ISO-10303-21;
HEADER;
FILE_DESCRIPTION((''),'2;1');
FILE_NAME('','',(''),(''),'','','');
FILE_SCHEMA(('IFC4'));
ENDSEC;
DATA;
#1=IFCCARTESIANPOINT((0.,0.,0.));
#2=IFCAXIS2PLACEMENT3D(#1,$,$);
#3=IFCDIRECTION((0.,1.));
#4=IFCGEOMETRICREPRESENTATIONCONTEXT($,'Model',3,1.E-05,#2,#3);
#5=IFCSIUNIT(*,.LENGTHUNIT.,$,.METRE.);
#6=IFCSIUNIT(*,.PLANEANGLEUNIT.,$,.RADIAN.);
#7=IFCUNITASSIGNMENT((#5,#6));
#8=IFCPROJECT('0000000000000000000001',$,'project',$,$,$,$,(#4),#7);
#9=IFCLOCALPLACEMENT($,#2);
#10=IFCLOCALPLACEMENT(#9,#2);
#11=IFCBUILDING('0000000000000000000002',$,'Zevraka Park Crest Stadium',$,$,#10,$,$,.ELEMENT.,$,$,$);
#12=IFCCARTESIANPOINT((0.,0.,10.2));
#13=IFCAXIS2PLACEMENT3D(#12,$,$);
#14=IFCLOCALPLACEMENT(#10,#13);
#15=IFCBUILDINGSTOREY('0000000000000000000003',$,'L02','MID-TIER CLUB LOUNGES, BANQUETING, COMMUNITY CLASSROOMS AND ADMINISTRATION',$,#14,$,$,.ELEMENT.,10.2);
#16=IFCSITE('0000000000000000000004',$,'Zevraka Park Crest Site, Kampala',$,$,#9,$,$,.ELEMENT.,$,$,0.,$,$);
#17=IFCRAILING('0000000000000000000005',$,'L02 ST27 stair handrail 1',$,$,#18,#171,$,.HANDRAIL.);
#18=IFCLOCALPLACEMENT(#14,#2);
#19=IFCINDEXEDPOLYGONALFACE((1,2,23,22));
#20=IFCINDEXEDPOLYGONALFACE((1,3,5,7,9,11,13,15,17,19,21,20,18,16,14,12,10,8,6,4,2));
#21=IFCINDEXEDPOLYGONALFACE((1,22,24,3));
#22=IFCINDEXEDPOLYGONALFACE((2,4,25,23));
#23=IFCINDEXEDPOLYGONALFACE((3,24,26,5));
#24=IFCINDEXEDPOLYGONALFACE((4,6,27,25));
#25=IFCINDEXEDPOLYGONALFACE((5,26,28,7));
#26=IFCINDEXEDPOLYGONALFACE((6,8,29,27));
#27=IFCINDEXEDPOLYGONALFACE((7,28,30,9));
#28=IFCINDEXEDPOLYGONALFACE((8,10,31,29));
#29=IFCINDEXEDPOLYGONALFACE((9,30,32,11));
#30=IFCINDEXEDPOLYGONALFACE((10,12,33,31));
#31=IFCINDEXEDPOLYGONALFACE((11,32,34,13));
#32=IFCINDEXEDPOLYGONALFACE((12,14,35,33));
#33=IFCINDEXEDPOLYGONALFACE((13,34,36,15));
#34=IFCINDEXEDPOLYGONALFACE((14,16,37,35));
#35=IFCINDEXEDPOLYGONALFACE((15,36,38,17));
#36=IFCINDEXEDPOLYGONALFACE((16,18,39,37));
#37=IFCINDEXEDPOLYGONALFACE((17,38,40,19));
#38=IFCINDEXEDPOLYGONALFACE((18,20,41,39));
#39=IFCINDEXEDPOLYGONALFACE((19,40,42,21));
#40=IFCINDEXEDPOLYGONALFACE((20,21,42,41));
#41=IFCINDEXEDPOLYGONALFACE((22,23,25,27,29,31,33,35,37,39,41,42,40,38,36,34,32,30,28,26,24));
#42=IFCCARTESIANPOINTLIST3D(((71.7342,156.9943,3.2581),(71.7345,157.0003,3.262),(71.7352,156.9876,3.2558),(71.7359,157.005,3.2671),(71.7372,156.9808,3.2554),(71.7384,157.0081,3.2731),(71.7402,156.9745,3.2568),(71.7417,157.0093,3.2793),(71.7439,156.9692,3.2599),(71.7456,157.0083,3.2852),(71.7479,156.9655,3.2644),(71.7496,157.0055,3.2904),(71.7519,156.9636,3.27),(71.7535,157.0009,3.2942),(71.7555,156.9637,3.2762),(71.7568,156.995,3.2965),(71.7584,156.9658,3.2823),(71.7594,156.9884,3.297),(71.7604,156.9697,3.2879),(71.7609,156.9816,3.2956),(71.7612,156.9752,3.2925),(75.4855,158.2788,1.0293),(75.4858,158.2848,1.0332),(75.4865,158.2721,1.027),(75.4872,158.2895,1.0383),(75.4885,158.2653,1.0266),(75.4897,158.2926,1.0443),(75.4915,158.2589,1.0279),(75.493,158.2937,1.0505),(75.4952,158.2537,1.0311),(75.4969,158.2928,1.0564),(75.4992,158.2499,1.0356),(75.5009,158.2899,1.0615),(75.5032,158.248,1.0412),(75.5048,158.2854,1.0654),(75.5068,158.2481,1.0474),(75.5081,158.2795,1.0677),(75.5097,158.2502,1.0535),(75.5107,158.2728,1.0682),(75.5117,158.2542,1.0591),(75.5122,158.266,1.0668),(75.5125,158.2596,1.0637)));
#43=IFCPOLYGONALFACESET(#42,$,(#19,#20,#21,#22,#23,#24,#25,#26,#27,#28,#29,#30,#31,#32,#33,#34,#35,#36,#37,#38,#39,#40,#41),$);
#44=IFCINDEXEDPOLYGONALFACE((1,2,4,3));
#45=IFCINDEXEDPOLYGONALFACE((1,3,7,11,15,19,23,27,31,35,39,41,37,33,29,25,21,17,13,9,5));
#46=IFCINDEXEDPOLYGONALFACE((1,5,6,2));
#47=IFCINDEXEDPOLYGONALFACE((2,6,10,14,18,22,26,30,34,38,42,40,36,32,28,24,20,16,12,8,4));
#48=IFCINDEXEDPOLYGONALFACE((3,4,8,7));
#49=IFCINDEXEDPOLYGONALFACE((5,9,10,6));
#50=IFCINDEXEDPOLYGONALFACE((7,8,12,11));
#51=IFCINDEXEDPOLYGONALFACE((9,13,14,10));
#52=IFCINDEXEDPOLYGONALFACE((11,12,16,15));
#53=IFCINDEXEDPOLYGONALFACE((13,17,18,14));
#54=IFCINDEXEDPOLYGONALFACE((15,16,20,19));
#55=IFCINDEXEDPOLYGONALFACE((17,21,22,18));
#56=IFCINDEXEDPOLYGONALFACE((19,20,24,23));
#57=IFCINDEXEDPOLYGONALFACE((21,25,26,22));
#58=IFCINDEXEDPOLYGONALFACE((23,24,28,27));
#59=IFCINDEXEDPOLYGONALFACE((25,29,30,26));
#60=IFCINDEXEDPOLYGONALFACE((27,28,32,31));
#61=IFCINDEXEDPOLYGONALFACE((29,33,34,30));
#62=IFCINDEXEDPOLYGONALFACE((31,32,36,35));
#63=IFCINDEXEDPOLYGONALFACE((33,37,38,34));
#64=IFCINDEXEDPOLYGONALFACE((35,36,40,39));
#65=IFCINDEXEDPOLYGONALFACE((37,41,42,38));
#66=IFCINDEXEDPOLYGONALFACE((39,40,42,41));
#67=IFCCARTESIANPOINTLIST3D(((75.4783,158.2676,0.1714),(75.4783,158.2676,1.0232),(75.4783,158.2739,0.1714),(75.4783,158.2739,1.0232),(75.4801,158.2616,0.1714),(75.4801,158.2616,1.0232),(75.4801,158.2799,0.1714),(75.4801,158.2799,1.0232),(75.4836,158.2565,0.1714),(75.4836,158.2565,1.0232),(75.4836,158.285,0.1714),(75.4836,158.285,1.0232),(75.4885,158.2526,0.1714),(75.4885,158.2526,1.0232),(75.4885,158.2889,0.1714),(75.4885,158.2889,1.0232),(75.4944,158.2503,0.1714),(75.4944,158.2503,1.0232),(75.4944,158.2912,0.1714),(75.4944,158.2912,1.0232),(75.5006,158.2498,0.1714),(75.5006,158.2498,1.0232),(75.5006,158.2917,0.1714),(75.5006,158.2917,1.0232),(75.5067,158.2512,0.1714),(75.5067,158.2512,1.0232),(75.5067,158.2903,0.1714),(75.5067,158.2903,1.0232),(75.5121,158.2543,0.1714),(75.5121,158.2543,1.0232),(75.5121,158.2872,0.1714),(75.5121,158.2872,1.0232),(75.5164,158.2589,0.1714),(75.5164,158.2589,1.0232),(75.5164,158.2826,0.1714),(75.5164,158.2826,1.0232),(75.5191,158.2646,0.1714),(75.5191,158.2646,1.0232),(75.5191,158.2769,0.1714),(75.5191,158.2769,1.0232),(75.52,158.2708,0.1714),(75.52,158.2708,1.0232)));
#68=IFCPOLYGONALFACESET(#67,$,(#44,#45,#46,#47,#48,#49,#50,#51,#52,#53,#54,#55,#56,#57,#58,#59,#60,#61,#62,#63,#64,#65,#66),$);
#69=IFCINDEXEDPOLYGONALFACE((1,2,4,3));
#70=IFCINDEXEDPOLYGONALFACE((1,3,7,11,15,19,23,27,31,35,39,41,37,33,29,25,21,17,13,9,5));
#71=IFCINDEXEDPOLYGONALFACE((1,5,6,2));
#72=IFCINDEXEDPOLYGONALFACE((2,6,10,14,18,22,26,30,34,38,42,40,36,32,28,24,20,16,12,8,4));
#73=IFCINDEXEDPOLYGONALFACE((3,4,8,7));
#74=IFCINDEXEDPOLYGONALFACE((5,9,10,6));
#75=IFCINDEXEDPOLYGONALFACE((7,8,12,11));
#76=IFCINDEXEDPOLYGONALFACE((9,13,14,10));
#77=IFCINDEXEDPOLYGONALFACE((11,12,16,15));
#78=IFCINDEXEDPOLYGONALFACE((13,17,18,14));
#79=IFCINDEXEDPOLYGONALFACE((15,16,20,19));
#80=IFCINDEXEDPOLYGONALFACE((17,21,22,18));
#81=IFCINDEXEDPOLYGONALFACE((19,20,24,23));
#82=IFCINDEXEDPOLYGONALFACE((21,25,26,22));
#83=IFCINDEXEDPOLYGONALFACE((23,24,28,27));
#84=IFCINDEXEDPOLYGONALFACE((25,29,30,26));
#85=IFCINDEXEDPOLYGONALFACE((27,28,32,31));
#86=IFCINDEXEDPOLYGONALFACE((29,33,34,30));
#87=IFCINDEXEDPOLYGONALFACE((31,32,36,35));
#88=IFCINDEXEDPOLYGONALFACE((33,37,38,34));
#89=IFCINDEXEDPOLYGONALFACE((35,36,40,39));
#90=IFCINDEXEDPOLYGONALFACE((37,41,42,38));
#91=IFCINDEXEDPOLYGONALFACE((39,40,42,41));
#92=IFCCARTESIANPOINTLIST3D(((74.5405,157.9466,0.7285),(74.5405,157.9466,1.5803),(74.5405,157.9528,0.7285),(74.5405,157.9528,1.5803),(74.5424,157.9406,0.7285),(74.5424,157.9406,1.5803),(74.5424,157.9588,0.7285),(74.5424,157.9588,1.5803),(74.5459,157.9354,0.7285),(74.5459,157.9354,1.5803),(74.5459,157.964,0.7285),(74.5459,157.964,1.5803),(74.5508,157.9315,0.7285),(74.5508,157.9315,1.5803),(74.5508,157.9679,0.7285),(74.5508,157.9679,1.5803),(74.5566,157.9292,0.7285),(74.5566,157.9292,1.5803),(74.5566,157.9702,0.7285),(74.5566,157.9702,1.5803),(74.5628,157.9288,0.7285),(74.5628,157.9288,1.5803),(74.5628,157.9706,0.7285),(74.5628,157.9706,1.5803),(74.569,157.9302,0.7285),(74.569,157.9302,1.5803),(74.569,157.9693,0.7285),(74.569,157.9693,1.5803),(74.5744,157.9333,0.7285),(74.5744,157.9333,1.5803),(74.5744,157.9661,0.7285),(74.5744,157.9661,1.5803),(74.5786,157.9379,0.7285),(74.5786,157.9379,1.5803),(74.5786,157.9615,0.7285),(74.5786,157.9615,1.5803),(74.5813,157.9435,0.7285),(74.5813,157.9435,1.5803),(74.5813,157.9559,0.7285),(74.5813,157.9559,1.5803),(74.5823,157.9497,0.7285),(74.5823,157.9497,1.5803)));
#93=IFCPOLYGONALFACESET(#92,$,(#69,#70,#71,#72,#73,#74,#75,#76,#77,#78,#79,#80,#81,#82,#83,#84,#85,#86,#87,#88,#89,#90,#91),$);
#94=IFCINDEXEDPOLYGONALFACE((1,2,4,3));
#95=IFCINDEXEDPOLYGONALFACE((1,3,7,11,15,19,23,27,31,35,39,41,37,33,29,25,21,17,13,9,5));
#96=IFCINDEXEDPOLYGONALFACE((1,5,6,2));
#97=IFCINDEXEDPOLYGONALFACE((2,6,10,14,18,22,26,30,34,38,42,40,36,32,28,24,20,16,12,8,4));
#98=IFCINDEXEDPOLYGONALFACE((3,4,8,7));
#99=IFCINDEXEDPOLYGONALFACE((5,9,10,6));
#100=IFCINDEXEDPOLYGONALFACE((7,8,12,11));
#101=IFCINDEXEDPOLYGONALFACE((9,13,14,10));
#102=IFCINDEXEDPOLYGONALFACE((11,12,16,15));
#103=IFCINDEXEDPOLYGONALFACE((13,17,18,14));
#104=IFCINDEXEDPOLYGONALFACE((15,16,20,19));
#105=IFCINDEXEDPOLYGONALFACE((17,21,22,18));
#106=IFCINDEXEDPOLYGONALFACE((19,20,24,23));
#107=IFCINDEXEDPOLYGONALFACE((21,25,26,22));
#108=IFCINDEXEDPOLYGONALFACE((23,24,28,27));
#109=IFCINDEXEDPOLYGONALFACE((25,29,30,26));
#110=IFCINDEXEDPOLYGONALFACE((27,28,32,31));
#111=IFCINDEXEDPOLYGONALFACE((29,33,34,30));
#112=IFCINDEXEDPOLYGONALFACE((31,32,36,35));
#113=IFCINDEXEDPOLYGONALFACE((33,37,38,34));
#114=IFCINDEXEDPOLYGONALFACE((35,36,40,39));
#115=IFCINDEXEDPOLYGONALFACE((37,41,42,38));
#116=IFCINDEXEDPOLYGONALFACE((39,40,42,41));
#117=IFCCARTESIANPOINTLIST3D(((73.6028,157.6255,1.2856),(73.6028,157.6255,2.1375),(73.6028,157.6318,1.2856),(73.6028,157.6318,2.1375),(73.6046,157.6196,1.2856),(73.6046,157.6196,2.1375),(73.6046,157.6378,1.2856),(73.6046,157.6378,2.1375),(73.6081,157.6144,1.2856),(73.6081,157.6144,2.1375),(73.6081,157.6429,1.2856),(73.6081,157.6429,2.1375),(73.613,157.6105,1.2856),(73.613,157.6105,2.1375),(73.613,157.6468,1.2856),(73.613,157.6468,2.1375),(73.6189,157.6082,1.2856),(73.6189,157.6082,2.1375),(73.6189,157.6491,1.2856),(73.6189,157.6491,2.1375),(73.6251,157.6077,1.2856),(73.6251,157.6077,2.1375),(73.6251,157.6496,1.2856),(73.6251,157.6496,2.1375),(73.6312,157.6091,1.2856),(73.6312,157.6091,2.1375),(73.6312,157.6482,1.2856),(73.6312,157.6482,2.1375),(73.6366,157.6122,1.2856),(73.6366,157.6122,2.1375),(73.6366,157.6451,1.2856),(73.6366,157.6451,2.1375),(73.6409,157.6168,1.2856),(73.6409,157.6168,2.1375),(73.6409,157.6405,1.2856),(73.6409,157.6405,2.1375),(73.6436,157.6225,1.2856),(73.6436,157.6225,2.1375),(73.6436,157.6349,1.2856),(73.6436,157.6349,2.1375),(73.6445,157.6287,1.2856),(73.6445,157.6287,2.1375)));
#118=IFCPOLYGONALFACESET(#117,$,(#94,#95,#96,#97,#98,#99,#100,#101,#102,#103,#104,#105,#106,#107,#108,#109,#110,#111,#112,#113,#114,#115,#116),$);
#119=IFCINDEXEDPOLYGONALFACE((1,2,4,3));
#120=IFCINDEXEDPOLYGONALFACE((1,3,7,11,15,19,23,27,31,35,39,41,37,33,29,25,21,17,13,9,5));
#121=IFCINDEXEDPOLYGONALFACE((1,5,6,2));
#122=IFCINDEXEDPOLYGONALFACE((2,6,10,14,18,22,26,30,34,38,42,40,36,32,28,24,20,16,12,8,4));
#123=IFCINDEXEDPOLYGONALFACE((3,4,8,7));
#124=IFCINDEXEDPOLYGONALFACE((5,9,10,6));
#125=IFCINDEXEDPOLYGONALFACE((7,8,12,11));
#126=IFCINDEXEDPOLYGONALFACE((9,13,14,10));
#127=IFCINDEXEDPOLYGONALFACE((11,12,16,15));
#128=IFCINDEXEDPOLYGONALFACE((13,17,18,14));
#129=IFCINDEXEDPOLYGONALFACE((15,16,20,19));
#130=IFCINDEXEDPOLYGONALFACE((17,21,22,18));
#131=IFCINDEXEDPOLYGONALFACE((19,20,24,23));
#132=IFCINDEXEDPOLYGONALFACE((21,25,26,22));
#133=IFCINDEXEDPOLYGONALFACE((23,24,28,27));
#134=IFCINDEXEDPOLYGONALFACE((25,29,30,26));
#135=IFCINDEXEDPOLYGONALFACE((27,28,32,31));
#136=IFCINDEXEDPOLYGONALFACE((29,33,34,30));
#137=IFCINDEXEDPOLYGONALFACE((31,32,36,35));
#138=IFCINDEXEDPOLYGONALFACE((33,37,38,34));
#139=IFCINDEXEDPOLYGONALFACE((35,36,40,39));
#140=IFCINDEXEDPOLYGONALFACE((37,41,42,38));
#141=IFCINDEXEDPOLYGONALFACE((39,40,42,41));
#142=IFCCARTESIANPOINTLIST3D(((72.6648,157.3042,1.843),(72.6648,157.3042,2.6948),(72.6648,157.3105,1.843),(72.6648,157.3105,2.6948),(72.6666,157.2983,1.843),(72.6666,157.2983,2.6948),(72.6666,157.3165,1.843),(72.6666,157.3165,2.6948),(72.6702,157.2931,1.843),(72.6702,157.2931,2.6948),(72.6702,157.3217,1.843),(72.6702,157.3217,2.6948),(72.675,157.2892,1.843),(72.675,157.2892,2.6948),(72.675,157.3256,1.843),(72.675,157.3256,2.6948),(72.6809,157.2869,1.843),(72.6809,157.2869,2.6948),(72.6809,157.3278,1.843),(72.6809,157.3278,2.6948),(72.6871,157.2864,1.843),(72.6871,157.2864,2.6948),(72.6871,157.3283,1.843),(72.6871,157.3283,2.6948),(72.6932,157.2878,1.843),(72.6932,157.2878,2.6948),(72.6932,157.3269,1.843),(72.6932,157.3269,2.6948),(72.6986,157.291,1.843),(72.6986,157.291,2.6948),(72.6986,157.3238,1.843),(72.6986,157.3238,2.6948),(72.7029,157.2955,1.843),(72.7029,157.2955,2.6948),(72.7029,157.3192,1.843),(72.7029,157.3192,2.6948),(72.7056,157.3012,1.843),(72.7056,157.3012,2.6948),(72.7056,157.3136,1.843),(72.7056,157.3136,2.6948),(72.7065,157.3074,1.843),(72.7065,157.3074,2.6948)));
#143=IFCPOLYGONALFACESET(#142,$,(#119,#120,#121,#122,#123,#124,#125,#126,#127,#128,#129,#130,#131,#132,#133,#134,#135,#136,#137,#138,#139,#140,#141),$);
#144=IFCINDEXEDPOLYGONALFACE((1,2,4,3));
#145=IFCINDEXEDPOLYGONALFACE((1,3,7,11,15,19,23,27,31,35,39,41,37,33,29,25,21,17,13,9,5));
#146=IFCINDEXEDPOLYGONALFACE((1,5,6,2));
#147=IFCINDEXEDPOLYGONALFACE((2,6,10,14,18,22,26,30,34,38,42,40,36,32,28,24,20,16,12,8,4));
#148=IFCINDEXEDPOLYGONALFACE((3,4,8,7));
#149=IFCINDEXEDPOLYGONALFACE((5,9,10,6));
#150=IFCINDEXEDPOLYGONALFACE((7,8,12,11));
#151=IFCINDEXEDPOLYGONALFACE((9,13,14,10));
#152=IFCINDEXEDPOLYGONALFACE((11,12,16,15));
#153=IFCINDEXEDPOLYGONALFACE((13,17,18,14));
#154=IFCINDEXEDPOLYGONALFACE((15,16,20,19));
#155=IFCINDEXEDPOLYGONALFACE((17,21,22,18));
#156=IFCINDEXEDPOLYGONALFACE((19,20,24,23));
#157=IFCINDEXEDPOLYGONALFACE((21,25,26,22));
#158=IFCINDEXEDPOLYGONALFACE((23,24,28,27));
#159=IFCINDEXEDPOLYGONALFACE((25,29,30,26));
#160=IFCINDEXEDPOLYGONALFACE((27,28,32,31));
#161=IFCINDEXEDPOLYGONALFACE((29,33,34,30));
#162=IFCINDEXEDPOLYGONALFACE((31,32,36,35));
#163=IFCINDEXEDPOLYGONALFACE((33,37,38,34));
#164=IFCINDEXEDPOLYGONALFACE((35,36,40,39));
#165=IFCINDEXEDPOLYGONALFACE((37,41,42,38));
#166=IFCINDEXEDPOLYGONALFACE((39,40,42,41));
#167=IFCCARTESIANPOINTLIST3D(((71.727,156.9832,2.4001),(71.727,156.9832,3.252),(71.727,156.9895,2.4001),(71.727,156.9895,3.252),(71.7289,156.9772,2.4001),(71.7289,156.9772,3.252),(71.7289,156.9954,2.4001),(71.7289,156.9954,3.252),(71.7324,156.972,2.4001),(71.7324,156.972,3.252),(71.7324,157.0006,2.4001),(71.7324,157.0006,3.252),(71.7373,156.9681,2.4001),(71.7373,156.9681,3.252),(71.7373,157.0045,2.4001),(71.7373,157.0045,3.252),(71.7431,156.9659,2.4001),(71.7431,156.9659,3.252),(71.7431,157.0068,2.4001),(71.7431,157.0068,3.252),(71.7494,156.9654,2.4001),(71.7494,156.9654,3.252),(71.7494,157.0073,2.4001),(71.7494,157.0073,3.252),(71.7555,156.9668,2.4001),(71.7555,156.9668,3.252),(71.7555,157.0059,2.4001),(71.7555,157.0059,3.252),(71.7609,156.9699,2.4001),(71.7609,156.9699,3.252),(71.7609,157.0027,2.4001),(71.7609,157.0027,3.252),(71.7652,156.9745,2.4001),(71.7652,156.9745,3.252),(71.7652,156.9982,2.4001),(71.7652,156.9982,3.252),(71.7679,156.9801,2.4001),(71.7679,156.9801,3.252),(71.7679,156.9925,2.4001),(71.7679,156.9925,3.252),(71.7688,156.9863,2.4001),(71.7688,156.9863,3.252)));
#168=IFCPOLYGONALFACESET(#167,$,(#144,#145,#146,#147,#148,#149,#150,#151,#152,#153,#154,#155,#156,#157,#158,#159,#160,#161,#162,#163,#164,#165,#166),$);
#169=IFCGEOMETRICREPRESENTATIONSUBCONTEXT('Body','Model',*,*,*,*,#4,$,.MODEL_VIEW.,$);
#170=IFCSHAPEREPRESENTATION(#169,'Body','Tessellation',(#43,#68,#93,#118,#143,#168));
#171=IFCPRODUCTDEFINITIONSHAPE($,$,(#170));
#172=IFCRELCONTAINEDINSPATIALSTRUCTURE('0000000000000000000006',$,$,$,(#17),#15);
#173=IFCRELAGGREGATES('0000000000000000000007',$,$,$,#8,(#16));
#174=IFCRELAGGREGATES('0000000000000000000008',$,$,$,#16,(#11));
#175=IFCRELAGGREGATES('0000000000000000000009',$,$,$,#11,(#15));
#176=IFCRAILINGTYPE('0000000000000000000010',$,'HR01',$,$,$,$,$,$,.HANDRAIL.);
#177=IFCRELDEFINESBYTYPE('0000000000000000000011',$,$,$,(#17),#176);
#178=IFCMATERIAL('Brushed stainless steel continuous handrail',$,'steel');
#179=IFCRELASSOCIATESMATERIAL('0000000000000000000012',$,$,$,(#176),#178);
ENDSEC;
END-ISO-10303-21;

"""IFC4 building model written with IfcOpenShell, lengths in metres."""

from ifc_helpers import new_model, si_unit, direction, frame, origin, origin_2d, place, context, subcontext, project, spatial, circle, extrude, material, type_object, element, save


model = new_model("IFC4")

# Units and contexts
model_context = context("Model", 3, precision=1e-05, world=origin(), true_north=direction((0.0, 1.0)))
body_context = subcontext(model_context, "Body", "Model", "MODEL_VIEW")
ifc_project = project(units=[si_unit("LENGTHUNIT", "METRE"), si_unit("PLANEANGLEUNIT", "RADIAN")], contexts=[model_context])

# Site, building, storey
site_placement = place(None, origin())
site = spatial("IfcSite", under=ifc_project, at=site_placement, Name="Zevraka Park Crest Site, Kampala", CompositionType="ELEMENT", RefElevation=0.0)
building_placement = place(site_placement, origin())
building = spatial("IfcBuilding", under=site, at=building_placement, Name="Zevraka Park Crest Stadium", CompositionType="ELEMENT")
storey_placement = place(building_placement, frame((0.0, 0.0, 10.2)))
storey = spatial("IfcBuildingStorey", under=building, at=storey_placement, Name="L02", Description="MID-TIER CLUB LOUNGES, BANQUETING, COMMUNITY CLASSROOMS AND ADMINISTRATION", CompositionType="ELEMENT", Elevation=10.2)

# Railing
ifc_material_1 = material(Name="Brushed stainless steel continuous handrail", Category="steel")
railing_type_1 = type_object("IfcRailingType", Name="HR01", PredefinedType="HANDRAIL", material=ifc_material_1)
railing_1_placement = place(storey_placement, frame((75.499, 158.2708, 0.1714)))
element("IfcRailing", 1, at=railing_1_placement, inside=storey, type_object=railing_type_1, Name="L02 ST27 stair handrail 1", PredefinedType="HANDRAIL", context=body_context, shape_type="SweptSolid", body=[
    extrude(circle(Radius=0.0239, at=origin_2d()), frame((0.0, 0.0, 0.876), z_axis=(-0.824718, -0.282385, 0.49), x_axis=(0.323939, -0.946078, 0.0)), (0.0, 0.0, 1.0), 4.5486),
    extrude(circle(Radius=0.021, at=origin_2d()), origin(), (0.0, 0.0, 1.0), 0.8518),
    extrude(circle(Radius=0.021, at=origin_2d()), frame((-0.9377, -0.321, 0.5571)), (0.0, 0.0, 1.0), 0.8518),
    extrude(circle(Radius=0.021, at=origin_2d()), frame((-1.8755, -0.6421, 1.1143)), (0.0, 0.0, 1.0), 0.8518),
    extrude(circle(Radius=0.021, at=origin_2d()), frame((-2.8135, -0.9634, 1.6716)), (0.0, 0.0, 1.0), 0.8518),
    extrude(circle(Radius=0.021, at=origin_2d()), frame((-3.7512, -1.2844, 2.2288)), (0.0, 0.0, 1.0), 0.8518),
])

save(model, "model.ifc")
